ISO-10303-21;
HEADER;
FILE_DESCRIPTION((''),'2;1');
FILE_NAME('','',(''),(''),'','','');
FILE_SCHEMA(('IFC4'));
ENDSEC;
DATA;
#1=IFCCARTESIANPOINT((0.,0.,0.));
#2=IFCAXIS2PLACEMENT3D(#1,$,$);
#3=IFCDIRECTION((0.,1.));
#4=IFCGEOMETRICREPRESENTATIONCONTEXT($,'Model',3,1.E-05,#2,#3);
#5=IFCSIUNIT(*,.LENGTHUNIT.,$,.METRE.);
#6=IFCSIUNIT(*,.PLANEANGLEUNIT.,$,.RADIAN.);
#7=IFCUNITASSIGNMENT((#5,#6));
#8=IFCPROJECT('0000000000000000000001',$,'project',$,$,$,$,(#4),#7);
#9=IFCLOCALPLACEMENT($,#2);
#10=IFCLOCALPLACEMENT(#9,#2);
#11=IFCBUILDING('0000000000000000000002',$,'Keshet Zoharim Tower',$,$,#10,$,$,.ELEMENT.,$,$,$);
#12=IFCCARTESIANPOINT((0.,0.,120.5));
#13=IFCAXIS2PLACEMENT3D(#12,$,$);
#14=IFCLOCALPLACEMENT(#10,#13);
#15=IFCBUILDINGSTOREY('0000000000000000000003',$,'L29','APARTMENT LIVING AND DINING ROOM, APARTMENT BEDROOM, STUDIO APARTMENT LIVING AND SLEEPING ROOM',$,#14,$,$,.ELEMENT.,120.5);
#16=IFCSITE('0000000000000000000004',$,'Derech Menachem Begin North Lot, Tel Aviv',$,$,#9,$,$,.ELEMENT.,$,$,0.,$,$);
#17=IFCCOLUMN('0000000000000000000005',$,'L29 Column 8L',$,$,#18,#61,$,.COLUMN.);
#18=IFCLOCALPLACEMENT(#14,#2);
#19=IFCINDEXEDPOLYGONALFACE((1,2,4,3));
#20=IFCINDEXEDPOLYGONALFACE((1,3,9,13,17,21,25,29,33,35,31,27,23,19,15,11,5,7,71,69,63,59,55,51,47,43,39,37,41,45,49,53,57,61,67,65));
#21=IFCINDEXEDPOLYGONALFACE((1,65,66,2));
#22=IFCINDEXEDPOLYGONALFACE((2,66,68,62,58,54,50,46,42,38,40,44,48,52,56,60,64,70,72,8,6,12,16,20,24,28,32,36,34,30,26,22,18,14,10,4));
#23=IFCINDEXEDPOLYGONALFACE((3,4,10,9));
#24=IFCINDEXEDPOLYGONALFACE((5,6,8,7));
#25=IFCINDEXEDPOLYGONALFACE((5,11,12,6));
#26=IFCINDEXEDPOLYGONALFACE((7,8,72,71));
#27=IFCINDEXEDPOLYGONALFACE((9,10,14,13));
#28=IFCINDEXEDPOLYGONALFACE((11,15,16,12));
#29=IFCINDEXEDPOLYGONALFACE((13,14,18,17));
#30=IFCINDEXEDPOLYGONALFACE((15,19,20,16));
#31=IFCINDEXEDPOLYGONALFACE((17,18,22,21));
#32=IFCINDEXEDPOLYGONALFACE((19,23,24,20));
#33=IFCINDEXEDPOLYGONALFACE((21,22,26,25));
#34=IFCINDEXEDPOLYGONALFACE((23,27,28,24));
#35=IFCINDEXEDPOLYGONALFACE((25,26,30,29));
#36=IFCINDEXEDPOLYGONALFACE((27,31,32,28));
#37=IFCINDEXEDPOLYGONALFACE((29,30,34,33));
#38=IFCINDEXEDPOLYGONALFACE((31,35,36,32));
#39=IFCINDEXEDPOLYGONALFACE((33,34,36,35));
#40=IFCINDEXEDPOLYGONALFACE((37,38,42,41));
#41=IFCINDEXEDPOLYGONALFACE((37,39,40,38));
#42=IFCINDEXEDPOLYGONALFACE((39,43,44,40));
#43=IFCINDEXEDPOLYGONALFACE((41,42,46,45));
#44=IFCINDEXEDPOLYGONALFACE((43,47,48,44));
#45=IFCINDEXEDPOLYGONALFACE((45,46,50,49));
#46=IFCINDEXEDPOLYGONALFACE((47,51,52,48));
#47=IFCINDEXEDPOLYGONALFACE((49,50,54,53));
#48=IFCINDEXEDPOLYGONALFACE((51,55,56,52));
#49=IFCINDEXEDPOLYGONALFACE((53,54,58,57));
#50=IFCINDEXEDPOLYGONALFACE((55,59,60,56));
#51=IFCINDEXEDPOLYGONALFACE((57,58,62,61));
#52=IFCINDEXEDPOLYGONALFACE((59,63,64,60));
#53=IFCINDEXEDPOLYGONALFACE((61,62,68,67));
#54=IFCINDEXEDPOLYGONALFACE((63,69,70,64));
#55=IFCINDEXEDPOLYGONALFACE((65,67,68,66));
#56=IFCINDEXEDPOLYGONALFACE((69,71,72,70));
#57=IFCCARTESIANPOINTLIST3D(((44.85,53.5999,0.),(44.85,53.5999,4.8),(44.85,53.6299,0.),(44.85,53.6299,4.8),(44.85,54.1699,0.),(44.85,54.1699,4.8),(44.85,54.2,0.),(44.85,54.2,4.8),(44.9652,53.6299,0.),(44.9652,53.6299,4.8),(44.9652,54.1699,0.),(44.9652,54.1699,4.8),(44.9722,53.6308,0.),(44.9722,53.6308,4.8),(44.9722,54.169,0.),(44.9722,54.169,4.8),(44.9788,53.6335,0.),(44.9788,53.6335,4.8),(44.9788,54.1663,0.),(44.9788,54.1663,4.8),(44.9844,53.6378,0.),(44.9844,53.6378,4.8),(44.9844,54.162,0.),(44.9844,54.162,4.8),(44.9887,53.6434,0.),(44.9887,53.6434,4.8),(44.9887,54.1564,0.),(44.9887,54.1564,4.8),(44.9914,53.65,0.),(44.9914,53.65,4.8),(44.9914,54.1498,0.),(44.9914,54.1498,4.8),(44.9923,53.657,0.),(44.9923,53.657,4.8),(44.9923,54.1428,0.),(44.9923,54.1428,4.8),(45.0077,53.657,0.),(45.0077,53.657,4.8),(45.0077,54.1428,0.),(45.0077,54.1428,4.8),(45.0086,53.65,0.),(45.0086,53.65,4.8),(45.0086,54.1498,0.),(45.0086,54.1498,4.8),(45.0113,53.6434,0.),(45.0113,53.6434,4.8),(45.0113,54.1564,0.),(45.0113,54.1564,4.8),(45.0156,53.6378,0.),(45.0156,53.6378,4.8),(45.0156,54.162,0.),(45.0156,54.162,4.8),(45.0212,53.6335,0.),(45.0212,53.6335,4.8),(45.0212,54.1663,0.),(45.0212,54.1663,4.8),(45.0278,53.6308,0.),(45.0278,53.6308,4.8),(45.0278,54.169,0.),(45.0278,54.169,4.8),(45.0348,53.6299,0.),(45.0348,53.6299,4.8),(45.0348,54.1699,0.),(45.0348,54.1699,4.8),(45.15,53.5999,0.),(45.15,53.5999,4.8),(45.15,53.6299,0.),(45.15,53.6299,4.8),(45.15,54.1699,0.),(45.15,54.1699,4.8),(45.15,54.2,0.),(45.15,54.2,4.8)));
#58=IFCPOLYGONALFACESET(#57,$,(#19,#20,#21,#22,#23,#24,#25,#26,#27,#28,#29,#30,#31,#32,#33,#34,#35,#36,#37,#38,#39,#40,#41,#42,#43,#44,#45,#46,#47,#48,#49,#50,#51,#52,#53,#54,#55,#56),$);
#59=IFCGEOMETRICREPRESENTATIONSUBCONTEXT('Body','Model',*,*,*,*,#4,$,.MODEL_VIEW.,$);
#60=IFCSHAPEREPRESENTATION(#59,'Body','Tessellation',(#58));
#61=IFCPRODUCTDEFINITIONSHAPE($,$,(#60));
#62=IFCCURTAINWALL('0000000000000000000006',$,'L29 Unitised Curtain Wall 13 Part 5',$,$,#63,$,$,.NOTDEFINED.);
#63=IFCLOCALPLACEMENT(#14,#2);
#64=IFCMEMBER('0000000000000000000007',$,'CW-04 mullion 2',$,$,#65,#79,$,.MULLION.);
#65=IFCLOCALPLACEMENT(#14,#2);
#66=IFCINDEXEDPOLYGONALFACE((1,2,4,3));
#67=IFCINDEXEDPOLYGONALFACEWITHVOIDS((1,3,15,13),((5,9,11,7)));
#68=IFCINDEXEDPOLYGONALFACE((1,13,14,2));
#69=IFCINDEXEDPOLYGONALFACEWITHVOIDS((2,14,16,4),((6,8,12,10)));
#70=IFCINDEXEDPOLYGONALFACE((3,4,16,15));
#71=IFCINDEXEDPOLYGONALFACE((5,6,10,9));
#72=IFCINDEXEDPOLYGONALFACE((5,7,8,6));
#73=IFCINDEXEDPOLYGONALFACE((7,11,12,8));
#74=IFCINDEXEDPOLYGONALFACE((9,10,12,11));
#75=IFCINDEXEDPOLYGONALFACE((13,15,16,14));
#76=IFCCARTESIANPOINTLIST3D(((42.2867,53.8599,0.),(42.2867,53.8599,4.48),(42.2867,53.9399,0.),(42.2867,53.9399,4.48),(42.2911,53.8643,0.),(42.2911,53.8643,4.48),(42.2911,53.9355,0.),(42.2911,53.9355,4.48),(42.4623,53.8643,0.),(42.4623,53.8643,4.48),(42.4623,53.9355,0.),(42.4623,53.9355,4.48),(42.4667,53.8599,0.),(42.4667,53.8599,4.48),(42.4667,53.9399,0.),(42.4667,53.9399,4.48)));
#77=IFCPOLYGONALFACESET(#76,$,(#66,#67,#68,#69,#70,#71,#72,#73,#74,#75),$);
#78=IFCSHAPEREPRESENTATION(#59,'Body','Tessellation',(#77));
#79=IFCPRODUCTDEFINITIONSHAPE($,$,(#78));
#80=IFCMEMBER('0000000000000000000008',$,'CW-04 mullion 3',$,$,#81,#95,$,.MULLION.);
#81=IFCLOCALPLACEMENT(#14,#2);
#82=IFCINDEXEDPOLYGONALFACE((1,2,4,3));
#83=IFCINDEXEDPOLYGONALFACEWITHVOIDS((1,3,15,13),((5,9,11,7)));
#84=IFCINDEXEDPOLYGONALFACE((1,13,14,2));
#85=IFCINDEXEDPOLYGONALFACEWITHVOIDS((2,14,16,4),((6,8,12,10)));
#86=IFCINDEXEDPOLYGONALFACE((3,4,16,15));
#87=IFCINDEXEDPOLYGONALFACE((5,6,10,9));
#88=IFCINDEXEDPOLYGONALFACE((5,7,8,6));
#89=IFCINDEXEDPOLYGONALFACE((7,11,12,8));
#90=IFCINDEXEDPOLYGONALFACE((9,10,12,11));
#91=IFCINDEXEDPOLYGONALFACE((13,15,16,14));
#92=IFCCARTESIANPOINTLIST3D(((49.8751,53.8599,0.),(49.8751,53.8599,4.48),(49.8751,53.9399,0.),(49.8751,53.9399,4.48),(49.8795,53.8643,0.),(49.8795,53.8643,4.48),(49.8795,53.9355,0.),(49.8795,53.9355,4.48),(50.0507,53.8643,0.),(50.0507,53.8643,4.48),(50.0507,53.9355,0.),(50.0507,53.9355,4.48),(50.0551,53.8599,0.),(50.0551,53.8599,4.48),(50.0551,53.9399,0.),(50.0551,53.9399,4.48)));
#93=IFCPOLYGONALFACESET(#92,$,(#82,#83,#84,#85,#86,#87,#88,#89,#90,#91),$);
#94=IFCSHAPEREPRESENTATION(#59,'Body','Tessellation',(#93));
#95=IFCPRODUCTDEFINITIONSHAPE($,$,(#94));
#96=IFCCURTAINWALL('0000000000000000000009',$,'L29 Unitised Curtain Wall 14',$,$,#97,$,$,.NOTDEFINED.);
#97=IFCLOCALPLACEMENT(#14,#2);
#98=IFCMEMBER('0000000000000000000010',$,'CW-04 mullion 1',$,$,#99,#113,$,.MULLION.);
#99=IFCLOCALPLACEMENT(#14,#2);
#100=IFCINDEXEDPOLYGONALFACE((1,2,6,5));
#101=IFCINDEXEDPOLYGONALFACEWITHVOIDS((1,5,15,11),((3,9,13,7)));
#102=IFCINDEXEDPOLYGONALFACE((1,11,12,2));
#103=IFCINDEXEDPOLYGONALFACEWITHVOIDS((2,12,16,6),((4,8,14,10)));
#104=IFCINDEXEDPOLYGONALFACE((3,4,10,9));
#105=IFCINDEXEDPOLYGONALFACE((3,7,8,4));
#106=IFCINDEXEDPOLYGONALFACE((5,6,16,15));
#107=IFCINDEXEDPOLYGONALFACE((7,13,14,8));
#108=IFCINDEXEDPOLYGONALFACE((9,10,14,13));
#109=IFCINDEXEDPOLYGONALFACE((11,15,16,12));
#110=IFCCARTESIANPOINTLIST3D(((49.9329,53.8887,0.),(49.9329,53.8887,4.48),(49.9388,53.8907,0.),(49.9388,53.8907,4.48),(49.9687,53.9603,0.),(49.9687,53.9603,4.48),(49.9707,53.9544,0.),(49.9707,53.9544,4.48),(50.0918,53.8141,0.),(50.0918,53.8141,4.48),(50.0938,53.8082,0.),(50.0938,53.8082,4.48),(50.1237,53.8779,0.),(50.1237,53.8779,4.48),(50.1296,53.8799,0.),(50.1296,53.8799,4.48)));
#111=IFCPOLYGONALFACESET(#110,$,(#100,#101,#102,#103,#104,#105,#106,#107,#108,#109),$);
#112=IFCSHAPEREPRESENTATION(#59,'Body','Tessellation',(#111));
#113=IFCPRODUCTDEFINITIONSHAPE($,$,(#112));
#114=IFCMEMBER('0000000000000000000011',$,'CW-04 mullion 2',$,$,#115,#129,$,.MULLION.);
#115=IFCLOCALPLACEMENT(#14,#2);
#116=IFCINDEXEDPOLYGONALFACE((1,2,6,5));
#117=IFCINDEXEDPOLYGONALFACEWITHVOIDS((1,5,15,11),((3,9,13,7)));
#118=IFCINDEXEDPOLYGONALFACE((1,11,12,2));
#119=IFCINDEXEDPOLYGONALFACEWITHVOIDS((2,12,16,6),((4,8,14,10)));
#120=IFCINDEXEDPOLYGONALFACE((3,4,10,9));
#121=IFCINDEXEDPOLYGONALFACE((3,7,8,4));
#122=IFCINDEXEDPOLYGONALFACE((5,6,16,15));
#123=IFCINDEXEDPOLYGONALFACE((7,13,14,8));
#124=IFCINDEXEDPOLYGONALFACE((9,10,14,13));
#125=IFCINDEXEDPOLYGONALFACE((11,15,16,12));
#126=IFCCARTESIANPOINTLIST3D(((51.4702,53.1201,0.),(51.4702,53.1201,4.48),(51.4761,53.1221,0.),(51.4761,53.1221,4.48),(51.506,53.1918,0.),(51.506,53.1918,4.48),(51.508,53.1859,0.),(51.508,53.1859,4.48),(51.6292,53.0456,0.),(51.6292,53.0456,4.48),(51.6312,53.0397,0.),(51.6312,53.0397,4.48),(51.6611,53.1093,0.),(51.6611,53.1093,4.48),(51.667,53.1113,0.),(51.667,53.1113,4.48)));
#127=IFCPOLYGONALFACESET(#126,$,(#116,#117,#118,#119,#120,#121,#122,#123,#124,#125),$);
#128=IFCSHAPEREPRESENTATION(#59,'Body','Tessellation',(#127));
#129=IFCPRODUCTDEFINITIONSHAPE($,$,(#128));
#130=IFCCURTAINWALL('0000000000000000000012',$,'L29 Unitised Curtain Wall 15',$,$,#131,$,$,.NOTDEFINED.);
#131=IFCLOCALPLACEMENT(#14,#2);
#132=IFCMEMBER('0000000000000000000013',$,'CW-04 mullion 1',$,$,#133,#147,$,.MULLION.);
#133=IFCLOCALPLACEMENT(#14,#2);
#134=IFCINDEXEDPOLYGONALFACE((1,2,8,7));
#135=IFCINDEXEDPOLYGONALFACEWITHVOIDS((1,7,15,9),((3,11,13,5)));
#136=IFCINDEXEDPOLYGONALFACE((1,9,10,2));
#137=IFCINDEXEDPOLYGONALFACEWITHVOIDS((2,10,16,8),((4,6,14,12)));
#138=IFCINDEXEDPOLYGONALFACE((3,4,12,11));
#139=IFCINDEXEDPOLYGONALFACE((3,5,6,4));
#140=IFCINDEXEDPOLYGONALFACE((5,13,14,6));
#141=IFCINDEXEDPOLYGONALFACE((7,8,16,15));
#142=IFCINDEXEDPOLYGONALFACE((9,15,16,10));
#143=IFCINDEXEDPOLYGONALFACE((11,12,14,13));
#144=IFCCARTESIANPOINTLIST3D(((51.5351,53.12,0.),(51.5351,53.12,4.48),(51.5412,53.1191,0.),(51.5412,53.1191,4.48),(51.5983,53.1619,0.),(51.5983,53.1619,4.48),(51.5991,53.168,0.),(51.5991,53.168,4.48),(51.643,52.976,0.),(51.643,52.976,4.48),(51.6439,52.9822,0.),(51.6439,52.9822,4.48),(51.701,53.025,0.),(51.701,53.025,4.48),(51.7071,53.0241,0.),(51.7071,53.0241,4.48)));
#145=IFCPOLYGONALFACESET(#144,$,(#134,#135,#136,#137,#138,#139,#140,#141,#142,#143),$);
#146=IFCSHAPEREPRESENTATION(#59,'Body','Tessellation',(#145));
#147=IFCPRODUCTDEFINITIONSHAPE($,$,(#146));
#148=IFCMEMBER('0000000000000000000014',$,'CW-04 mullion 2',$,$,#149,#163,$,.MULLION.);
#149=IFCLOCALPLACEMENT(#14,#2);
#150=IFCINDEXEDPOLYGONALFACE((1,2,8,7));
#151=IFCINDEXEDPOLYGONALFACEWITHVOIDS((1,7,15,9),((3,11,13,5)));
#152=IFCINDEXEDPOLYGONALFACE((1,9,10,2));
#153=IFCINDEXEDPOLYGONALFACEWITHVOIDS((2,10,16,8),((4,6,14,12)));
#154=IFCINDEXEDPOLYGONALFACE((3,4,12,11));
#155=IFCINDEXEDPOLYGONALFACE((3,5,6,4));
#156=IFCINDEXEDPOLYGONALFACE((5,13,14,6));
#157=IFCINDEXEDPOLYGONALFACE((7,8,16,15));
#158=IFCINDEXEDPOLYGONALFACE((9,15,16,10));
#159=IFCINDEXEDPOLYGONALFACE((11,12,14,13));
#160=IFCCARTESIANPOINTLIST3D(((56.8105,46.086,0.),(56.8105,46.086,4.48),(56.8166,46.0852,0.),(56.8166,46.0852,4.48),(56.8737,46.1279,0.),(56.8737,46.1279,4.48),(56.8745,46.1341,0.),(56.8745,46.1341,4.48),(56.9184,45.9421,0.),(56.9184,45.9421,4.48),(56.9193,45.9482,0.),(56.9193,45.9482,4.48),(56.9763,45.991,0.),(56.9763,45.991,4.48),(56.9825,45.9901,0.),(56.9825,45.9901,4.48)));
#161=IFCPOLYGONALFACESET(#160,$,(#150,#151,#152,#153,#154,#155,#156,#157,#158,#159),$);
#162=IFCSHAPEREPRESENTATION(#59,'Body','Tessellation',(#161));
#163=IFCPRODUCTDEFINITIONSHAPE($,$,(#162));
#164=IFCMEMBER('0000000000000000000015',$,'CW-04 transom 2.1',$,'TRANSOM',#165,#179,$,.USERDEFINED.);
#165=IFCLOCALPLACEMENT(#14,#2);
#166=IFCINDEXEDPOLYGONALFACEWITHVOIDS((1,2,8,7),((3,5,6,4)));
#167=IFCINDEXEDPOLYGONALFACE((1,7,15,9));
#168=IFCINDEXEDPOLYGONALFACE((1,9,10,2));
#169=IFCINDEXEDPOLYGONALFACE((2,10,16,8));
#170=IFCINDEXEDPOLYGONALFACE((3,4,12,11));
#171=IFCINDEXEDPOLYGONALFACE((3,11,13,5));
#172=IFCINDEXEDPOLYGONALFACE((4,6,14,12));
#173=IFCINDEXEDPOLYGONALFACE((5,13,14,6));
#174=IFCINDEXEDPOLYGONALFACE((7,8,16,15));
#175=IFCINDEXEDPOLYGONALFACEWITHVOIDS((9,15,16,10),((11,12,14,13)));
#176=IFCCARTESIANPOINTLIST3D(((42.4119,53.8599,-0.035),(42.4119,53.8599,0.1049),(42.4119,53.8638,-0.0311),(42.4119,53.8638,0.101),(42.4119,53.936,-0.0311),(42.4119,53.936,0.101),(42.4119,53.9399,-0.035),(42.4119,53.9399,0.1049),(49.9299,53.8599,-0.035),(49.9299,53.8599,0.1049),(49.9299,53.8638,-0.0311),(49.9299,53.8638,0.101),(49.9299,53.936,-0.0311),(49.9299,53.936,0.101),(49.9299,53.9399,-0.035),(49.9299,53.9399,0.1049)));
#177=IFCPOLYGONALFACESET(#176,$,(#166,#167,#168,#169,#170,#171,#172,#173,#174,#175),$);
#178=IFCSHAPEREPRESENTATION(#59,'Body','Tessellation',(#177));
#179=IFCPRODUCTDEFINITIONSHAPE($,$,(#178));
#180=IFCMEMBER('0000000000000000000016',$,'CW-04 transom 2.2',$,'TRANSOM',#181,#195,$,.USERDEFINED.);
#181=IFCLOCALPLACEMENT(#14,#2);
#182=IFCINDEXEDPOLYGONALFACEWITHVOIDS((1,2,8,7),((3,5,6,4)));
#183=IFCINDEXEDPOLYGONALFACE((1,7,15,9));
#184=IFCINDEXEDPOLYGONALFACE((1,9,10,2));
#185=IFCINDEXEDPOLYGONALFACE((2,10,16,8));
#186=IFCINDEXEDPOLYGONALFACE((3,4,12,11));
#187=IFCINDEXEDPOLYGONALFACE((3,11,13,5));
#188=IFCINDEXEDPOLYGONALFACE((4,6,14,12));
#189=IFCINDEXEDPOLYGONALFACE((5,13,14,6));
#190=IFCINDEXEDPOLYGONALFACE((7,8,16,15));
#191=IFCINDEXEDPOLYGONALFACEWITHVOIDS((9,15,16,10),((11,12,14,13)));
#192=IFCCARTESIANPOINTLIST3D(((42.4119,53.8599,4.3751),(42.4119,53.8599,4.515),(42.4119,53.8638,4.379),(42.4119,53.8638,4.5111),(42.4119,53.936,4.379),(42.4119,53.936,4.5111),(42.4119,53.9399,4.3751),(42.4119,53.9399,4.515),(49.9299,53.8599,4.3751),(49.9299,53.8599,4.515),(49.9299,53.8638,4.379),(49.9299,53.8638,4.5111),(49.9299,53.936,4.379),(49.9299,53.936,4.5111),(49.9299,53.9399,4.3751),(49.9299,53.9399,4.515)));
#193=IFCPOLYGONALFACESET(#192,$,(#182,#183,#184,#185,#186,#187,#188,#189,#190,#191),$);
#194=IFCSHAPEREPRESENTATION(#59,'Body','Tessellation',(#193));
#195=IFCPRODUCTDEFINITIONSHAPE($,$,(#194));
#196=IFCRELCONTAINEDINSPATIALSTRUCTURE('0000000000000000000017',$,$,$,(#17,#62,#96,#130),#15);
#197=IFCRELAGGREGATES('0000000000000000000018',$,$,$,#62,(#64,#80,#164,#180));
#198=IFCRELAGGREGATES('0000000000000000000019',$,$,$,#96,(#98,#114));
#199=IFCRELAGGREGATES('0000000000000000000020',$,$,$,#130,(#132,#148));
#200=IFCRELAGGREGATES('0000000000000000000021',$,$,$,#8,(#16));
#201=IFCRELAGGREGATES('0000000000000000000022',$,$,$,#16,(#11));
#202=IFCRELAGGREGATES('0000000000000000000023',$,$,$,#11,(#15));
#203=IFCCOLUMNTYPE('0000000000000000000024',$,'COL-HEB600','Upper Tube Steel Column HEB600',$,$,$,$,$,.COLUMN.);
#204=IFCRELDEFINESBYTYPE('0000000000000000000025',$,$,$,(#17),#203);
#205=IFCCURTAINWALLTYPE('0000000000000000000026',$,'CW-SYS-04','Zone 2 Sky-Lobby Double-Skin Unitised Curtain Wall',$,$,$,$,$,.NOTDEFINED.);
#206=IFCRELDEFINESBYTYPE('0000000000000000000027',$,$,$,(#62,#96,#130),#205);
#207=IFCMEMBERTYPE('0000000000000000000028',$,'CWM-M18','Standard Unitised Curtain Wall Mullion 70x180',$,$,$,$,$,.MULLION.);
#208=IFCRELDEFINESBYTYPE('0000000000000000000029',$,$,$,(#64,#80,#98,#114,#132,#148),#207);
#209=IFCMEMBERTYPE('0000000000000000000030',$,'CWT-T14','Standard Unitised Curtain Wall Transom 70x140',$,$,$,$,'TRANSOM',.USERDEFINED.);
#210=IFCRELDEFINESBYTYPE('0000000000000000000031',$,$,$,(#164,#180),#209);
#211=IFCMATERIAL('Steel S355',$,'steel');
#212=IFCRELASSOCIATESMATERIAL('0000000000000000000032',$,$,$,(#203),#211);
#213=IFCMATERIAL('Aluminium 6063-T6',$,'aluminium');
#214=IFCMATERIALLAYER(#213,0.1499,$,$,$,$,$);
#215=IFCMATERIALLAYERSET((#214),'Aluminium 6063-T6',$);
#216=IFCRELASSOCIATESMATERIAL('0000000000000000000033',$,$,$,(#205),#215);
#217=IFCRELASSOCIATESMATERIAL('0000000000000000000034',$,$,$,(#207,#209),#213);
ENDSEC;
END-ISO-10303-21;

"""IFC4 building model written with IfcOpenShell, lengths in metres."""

from ifc_helpers import new_model, si_unit, direction, frame, origin, origin_2d, place, context, subcontext, project, spatial, hollow_rectangle, i_section, extrude, material, layer, layer_set, material_profile, profile_set, type_object, element, aggregate, save


model = new_model("IFC4")

# Units and contexts
model_context = context("Model", 3, precision=1e-05, world=origin(), true_north=direction((0.0, 1.0)))
body_context = subcontext(model_context, "Body", "Model", "MODEL_VIEW")
ifc_project = project(units=[si_unit("LENGTHUNIT", "METRE"), si_unit("PLANEANGLEUNIT", "RADIAN")], contexts=[model_context])

# Site, building, storey
site_placement = place(None, origin())
site = spatial("IfcSite", under=ifc_project, at=site_placement, Name="Derech Menachem Begin North Lot, Tel Aviv", CompositionType="ELEMENT", RefElevation=0.0)
building_placement = place(site_placement, origin())
building = spatial("IfcBuilding", under=site, at=building_placement, Name="Keshet Zoharim Tower", CompositionType="ELEMENT")
storey_placement = place(building_placement, frame((0.0, 0.0, 120.5)))
storey = spatial("IfcBuildingStorey", under=building, at=storey_placement, Name="L29", Description="APARTMENT LIVING AND DINING ROOM, APARTMENT BEDROOM, STUDIO APARTMENT LIVING AND SLEEPING ROOM", CompositionType="ELEMENT", Elevation=120.5)

# Column
ifc_material_1 = material(Name="Steel S355", Category="steel")
ifc_material_profile_1 = material_profile(ifc_material_1, i_section(OverallWidth=0.3, OverallDepth=0.6001, WebThickness=0.0154, FlangeThickness=0.03, FilletRadius=0.0271, at=origin_2d()), Name="HEB600")
ifc_profile_set_1 = profile_set([ifc_material_profile_1], Name="Steel S355")
column_type = type_object("IfcColumnType", Name="COL-HEB600", Description="Upper Tube Steel Column HEB600", PredefinedType="COLUMN", material=ifc_profile_set_1)
column_placement = place(storey_placement, frame((45.0, 53.8999, 0.0), z_axis=(0.0, 0.0, 1.0), x_axis=(1.0, 0.0, 0.0)))
element("IfcColumn", 1, at=column_placement, inside=storey, type_object=column_type, Name="L29 Column 8L", PredefinedType="COLUMN", context=body_context, shape_type="SweptSolid", body=[
    extrude(i_section(OverallWidth=0.3, OverallDepth=0.6001, WebThickness=0.0154, FlangeThickness=0.03, FilletRadius=0.0271, at=origin_2d()), origin(), (0.0, 0.0, 1.0), 4.8),
])

# Curtain walls, members
ifc_material_2 = material(Name="Aluminium 6063-T6", Category="aluminium")
ifc_layer_1 = layer(ifc_material_2, 0.1499)
ifc_layer_set_1 = layer_set([ifc_layer_1], Name="Aluminium 6063-T6")
curtain_wall_type = type_object("IfcCurtainWallType", Name="CW-SYS-04", Description="Zone 2 Sky-Lobby Double-Skin Unitised Curtain Wall", PredefinedType="NOTDEFINED", material=ifc_layer_set_1)
curtain_wall_1_placement = place(storey_placement, origin())
curtain_wall_1 = element("IfcCurtainWall", 2, at=curtain_wall_1_placement, inside=storey, type_object=curtain_wall_type, Name="L29 Unitised Curtain Wall 13 Part 5", PredefinedType="NOTDEFINED")
ifc_material_profile_2 = material_profile(ifc_material_2, hollow_rectangle(XDim=0.0801, YDim=0.1799, WallThickness=0.0044, at=origin_2d()), Name="MUL-80x180")
ifc_profile_set_2 = profile_set([ifc_material_profile_2], Name="Aluminium 6063-T6")
member_type_1 = type_object("IfcMemberType", Name="CWM-M18", Description="Standard Unitised Curtain Wall Mullion 70x180", PredefinedType="MULLION", material=ifc_profile_set_2)
member_1_placement = place(storey_placement, frame((42.3767, 53.8999, 0.0), z_axis=(0.0, 0.0, 1.0), x_axis=(0.0, 1.0, 0.0)))
member_1 = element("IfcMember", 3, at=member_1_placement, type_object=member_type_1, Name="CW-04 mullion 2", PredefinedType="MULLION", context=body_context, shape_type="SweptSolid", body=[
    extrude(hollow_rectangle(XDim=0.0801, YDim=0.1799, WallThickness=0.0044, at=origin_2d()), origin(), (0.0, 0.0, 1.0), 4.48),
])
member_2_placement = place(storey_placement, frame((49.9651, 53.8999, 0.0), z_axis=(0.0, 0.0, 1.0), x_axis=(0.0, 1.0, 0.0)))
member_2 = element("IfcMember", 4, at=member_2_placement, type_object=member_type_1, Name="CW-04 mullion 3", PredefinedType="MULLION", context=body_context, shape_type="SweptSolid", body=[
    extrude(hollow_rectangle(XDim=0.0801, YDim=0.1799, WallThickness=0.0044, at=origin_2d()), origin(), (0.0, 0.0, 1.0), 4.48),
])
curtain_wall_2_placement = place(storey_placement, origin())
curtain_wall_2 = element("IfcCurtainWall", 5, at=curtain_wall_2_placement, inside=storey, type_object=curtain_wall_type, Name="L29 Unitised Curtain Wall 14", PredefinedType="NOTDEFINED")
member_3_placement = place(storey_placement, frame((50.0312, 53.8843, 0.0), z_axis=(0.0, 0.0, 1.0), x_axis=(0.447214, 0.894427, 0.0)))
member_3 = element("IfcMember", 6, at=member_3_placement, type_object=member_type_1, Name="CW-04 mullion 1", PredefinedType="MULLION", context=body_context, shape_type="SweptSolid", body=[
    extrude(hollow_rectangle(XDim=0.0801, YDim=0.1799, WallThickness=0.0044, at=origin_2d()), origin(), (0.0, 0.0, 1.0), 4.48),
])
member_4_placement = place(storey_placement, frame((51.5686, 53.1157, 0.0), z_axis=(0.0, 0.0, 1.0), x_axis=(0.447214, 0.894427, 0.0)))
member_4 = element("IfcMember", 7, at=member_4_placement, type_object=member_type_1, Name="CW-04 mullion 2", PredefinedType="MULLION", context=body_context, shape_type="SweptSolid", body=[
    extrude(hollow_rectangle(XDim=0.0801, YDim=0.1799, WallThickness=0.0044, at=origin_2d()), origin(), (0.0, 0.0, 1.0), 4.48),
])
curtain_wall_3_placement = place(storey_placement, origin())
curtain_wall_3 = element("IfcCurtainWall", 8, at=curtain_wall_3_placement, inside=storey, type_object=curtain_wall_type, Name="L29 Unitised Curtain Wall 15", PredefinedType="NOTDEFINED")
member_5_placement = place(storey_placement, frame((51.6211, 53.072, 0.0), z_axis=(0.0, 0.0, 1.0), x_axis=(0.8, 0.6, 0.0)))
member_5 = element("IfcMember", 9, at=member_5_placement, type_object=member_type_1, Name="CW-04 mullion 1", PredefinedType="MULLION", context=body_context, shape_type="SweptSolid", body=[
    extrude(hollow_rectangle(XDim=0.0801, YDim=0.1799, WallThickness=0.0044, at=origin_2d()), origin(), (0.0, 0.0, 1.0), 4.48),
])
member_6_placement = place(storey_placement, frame((56.8965, 46.0381, 0.0), z_axis=(0.0, 0.0, 1.0), x_axis=(0.8, 0.6, 0.0)))
member_6 = element("IfcMember", 10, at=member_6_placement, type_object=member_type_1, Name="CW-04 mullion 2", PredefinedType="MULLION", context=body_context, shape_type="SweptSolid", body=[
    extrude(hollow_rectangle(XDim=0.0801, YDim=0.1799, WallThickness=0.0044, at=origin_2d()), origin(), (0.0, 0.0, 1.0), 4.48),
])

# Members
ifc_material_profile_3 = material_profile(ifc_material_2, hollow_rectangle(XDim=0.0801, YDim=0.1399, WallThickness=0.0039, at=origin_2d()), Name="TRN-80x140")
ifc_profile_set_3 = profile_set([ifc_material_profile_3], Name="Aluminium 6063-T6")
member_type_2 = type_object("IfcMemberType", Name="CWT-T14", Description="Standard Unitised Curtain Wall Transom 70x140", ElementType="TRANSOM", PredefinedType="USERDEFINED", material=ifc_profile_set_3)
member_7_placement = place(storey_placement, frame((42.4119, 53.8999, 0.0349), z_axis=(1.0, 0.0, 0.0), x_axis=(0.0, 1.0, 0.0)))
member_7 = element("IfcMember", 11, at=member_7_placement, type_object=member_type_2, Name="CW-04 transom 2.1", ObjectType="TRANSOM", PredefinedType="USERDEFINED", context=body_context, shape_type="SweptSolid", body=[
    extrude(hollow_rectangle(XDim=0.0801, YDim=0.1399, WallThickness=0.0039, at=origin_2d()), origin(), (0.0, 0.0, 1.0), 7.5181),
])
member_8_placement = place(storey_placement, frame((42.4119, 53.8999, 4.4451), z_axis=(1.0, 0.0, 0.0), x_axis=(0.0, 1.0, 0.0)))
member_8 = element("IfcMember", 12, at=member_8_placement, type_object=member_type_2, Name="CW-04 transom 2.2", ObjectType="TRANSOM", PredefinedType="USERDEFINED", context=body_context, shape_type="SweptSolid", body=[
    extrude(hollow_rectangle(XDim=0.0801, YDim=0.1399, WallThickness=0.0039, at=origin_2d()), origin(), (0.0, 0.0, 1.0), 7.5181),
])

aggregate(curtain_wall_1, [member_1, member_2, member_7, member_8])
aggregate(curtain_wall_2, [member_3, member_4])
aggregate(curtain_wall_3, [member_5, member_6])

save(model, "model.ifc")
